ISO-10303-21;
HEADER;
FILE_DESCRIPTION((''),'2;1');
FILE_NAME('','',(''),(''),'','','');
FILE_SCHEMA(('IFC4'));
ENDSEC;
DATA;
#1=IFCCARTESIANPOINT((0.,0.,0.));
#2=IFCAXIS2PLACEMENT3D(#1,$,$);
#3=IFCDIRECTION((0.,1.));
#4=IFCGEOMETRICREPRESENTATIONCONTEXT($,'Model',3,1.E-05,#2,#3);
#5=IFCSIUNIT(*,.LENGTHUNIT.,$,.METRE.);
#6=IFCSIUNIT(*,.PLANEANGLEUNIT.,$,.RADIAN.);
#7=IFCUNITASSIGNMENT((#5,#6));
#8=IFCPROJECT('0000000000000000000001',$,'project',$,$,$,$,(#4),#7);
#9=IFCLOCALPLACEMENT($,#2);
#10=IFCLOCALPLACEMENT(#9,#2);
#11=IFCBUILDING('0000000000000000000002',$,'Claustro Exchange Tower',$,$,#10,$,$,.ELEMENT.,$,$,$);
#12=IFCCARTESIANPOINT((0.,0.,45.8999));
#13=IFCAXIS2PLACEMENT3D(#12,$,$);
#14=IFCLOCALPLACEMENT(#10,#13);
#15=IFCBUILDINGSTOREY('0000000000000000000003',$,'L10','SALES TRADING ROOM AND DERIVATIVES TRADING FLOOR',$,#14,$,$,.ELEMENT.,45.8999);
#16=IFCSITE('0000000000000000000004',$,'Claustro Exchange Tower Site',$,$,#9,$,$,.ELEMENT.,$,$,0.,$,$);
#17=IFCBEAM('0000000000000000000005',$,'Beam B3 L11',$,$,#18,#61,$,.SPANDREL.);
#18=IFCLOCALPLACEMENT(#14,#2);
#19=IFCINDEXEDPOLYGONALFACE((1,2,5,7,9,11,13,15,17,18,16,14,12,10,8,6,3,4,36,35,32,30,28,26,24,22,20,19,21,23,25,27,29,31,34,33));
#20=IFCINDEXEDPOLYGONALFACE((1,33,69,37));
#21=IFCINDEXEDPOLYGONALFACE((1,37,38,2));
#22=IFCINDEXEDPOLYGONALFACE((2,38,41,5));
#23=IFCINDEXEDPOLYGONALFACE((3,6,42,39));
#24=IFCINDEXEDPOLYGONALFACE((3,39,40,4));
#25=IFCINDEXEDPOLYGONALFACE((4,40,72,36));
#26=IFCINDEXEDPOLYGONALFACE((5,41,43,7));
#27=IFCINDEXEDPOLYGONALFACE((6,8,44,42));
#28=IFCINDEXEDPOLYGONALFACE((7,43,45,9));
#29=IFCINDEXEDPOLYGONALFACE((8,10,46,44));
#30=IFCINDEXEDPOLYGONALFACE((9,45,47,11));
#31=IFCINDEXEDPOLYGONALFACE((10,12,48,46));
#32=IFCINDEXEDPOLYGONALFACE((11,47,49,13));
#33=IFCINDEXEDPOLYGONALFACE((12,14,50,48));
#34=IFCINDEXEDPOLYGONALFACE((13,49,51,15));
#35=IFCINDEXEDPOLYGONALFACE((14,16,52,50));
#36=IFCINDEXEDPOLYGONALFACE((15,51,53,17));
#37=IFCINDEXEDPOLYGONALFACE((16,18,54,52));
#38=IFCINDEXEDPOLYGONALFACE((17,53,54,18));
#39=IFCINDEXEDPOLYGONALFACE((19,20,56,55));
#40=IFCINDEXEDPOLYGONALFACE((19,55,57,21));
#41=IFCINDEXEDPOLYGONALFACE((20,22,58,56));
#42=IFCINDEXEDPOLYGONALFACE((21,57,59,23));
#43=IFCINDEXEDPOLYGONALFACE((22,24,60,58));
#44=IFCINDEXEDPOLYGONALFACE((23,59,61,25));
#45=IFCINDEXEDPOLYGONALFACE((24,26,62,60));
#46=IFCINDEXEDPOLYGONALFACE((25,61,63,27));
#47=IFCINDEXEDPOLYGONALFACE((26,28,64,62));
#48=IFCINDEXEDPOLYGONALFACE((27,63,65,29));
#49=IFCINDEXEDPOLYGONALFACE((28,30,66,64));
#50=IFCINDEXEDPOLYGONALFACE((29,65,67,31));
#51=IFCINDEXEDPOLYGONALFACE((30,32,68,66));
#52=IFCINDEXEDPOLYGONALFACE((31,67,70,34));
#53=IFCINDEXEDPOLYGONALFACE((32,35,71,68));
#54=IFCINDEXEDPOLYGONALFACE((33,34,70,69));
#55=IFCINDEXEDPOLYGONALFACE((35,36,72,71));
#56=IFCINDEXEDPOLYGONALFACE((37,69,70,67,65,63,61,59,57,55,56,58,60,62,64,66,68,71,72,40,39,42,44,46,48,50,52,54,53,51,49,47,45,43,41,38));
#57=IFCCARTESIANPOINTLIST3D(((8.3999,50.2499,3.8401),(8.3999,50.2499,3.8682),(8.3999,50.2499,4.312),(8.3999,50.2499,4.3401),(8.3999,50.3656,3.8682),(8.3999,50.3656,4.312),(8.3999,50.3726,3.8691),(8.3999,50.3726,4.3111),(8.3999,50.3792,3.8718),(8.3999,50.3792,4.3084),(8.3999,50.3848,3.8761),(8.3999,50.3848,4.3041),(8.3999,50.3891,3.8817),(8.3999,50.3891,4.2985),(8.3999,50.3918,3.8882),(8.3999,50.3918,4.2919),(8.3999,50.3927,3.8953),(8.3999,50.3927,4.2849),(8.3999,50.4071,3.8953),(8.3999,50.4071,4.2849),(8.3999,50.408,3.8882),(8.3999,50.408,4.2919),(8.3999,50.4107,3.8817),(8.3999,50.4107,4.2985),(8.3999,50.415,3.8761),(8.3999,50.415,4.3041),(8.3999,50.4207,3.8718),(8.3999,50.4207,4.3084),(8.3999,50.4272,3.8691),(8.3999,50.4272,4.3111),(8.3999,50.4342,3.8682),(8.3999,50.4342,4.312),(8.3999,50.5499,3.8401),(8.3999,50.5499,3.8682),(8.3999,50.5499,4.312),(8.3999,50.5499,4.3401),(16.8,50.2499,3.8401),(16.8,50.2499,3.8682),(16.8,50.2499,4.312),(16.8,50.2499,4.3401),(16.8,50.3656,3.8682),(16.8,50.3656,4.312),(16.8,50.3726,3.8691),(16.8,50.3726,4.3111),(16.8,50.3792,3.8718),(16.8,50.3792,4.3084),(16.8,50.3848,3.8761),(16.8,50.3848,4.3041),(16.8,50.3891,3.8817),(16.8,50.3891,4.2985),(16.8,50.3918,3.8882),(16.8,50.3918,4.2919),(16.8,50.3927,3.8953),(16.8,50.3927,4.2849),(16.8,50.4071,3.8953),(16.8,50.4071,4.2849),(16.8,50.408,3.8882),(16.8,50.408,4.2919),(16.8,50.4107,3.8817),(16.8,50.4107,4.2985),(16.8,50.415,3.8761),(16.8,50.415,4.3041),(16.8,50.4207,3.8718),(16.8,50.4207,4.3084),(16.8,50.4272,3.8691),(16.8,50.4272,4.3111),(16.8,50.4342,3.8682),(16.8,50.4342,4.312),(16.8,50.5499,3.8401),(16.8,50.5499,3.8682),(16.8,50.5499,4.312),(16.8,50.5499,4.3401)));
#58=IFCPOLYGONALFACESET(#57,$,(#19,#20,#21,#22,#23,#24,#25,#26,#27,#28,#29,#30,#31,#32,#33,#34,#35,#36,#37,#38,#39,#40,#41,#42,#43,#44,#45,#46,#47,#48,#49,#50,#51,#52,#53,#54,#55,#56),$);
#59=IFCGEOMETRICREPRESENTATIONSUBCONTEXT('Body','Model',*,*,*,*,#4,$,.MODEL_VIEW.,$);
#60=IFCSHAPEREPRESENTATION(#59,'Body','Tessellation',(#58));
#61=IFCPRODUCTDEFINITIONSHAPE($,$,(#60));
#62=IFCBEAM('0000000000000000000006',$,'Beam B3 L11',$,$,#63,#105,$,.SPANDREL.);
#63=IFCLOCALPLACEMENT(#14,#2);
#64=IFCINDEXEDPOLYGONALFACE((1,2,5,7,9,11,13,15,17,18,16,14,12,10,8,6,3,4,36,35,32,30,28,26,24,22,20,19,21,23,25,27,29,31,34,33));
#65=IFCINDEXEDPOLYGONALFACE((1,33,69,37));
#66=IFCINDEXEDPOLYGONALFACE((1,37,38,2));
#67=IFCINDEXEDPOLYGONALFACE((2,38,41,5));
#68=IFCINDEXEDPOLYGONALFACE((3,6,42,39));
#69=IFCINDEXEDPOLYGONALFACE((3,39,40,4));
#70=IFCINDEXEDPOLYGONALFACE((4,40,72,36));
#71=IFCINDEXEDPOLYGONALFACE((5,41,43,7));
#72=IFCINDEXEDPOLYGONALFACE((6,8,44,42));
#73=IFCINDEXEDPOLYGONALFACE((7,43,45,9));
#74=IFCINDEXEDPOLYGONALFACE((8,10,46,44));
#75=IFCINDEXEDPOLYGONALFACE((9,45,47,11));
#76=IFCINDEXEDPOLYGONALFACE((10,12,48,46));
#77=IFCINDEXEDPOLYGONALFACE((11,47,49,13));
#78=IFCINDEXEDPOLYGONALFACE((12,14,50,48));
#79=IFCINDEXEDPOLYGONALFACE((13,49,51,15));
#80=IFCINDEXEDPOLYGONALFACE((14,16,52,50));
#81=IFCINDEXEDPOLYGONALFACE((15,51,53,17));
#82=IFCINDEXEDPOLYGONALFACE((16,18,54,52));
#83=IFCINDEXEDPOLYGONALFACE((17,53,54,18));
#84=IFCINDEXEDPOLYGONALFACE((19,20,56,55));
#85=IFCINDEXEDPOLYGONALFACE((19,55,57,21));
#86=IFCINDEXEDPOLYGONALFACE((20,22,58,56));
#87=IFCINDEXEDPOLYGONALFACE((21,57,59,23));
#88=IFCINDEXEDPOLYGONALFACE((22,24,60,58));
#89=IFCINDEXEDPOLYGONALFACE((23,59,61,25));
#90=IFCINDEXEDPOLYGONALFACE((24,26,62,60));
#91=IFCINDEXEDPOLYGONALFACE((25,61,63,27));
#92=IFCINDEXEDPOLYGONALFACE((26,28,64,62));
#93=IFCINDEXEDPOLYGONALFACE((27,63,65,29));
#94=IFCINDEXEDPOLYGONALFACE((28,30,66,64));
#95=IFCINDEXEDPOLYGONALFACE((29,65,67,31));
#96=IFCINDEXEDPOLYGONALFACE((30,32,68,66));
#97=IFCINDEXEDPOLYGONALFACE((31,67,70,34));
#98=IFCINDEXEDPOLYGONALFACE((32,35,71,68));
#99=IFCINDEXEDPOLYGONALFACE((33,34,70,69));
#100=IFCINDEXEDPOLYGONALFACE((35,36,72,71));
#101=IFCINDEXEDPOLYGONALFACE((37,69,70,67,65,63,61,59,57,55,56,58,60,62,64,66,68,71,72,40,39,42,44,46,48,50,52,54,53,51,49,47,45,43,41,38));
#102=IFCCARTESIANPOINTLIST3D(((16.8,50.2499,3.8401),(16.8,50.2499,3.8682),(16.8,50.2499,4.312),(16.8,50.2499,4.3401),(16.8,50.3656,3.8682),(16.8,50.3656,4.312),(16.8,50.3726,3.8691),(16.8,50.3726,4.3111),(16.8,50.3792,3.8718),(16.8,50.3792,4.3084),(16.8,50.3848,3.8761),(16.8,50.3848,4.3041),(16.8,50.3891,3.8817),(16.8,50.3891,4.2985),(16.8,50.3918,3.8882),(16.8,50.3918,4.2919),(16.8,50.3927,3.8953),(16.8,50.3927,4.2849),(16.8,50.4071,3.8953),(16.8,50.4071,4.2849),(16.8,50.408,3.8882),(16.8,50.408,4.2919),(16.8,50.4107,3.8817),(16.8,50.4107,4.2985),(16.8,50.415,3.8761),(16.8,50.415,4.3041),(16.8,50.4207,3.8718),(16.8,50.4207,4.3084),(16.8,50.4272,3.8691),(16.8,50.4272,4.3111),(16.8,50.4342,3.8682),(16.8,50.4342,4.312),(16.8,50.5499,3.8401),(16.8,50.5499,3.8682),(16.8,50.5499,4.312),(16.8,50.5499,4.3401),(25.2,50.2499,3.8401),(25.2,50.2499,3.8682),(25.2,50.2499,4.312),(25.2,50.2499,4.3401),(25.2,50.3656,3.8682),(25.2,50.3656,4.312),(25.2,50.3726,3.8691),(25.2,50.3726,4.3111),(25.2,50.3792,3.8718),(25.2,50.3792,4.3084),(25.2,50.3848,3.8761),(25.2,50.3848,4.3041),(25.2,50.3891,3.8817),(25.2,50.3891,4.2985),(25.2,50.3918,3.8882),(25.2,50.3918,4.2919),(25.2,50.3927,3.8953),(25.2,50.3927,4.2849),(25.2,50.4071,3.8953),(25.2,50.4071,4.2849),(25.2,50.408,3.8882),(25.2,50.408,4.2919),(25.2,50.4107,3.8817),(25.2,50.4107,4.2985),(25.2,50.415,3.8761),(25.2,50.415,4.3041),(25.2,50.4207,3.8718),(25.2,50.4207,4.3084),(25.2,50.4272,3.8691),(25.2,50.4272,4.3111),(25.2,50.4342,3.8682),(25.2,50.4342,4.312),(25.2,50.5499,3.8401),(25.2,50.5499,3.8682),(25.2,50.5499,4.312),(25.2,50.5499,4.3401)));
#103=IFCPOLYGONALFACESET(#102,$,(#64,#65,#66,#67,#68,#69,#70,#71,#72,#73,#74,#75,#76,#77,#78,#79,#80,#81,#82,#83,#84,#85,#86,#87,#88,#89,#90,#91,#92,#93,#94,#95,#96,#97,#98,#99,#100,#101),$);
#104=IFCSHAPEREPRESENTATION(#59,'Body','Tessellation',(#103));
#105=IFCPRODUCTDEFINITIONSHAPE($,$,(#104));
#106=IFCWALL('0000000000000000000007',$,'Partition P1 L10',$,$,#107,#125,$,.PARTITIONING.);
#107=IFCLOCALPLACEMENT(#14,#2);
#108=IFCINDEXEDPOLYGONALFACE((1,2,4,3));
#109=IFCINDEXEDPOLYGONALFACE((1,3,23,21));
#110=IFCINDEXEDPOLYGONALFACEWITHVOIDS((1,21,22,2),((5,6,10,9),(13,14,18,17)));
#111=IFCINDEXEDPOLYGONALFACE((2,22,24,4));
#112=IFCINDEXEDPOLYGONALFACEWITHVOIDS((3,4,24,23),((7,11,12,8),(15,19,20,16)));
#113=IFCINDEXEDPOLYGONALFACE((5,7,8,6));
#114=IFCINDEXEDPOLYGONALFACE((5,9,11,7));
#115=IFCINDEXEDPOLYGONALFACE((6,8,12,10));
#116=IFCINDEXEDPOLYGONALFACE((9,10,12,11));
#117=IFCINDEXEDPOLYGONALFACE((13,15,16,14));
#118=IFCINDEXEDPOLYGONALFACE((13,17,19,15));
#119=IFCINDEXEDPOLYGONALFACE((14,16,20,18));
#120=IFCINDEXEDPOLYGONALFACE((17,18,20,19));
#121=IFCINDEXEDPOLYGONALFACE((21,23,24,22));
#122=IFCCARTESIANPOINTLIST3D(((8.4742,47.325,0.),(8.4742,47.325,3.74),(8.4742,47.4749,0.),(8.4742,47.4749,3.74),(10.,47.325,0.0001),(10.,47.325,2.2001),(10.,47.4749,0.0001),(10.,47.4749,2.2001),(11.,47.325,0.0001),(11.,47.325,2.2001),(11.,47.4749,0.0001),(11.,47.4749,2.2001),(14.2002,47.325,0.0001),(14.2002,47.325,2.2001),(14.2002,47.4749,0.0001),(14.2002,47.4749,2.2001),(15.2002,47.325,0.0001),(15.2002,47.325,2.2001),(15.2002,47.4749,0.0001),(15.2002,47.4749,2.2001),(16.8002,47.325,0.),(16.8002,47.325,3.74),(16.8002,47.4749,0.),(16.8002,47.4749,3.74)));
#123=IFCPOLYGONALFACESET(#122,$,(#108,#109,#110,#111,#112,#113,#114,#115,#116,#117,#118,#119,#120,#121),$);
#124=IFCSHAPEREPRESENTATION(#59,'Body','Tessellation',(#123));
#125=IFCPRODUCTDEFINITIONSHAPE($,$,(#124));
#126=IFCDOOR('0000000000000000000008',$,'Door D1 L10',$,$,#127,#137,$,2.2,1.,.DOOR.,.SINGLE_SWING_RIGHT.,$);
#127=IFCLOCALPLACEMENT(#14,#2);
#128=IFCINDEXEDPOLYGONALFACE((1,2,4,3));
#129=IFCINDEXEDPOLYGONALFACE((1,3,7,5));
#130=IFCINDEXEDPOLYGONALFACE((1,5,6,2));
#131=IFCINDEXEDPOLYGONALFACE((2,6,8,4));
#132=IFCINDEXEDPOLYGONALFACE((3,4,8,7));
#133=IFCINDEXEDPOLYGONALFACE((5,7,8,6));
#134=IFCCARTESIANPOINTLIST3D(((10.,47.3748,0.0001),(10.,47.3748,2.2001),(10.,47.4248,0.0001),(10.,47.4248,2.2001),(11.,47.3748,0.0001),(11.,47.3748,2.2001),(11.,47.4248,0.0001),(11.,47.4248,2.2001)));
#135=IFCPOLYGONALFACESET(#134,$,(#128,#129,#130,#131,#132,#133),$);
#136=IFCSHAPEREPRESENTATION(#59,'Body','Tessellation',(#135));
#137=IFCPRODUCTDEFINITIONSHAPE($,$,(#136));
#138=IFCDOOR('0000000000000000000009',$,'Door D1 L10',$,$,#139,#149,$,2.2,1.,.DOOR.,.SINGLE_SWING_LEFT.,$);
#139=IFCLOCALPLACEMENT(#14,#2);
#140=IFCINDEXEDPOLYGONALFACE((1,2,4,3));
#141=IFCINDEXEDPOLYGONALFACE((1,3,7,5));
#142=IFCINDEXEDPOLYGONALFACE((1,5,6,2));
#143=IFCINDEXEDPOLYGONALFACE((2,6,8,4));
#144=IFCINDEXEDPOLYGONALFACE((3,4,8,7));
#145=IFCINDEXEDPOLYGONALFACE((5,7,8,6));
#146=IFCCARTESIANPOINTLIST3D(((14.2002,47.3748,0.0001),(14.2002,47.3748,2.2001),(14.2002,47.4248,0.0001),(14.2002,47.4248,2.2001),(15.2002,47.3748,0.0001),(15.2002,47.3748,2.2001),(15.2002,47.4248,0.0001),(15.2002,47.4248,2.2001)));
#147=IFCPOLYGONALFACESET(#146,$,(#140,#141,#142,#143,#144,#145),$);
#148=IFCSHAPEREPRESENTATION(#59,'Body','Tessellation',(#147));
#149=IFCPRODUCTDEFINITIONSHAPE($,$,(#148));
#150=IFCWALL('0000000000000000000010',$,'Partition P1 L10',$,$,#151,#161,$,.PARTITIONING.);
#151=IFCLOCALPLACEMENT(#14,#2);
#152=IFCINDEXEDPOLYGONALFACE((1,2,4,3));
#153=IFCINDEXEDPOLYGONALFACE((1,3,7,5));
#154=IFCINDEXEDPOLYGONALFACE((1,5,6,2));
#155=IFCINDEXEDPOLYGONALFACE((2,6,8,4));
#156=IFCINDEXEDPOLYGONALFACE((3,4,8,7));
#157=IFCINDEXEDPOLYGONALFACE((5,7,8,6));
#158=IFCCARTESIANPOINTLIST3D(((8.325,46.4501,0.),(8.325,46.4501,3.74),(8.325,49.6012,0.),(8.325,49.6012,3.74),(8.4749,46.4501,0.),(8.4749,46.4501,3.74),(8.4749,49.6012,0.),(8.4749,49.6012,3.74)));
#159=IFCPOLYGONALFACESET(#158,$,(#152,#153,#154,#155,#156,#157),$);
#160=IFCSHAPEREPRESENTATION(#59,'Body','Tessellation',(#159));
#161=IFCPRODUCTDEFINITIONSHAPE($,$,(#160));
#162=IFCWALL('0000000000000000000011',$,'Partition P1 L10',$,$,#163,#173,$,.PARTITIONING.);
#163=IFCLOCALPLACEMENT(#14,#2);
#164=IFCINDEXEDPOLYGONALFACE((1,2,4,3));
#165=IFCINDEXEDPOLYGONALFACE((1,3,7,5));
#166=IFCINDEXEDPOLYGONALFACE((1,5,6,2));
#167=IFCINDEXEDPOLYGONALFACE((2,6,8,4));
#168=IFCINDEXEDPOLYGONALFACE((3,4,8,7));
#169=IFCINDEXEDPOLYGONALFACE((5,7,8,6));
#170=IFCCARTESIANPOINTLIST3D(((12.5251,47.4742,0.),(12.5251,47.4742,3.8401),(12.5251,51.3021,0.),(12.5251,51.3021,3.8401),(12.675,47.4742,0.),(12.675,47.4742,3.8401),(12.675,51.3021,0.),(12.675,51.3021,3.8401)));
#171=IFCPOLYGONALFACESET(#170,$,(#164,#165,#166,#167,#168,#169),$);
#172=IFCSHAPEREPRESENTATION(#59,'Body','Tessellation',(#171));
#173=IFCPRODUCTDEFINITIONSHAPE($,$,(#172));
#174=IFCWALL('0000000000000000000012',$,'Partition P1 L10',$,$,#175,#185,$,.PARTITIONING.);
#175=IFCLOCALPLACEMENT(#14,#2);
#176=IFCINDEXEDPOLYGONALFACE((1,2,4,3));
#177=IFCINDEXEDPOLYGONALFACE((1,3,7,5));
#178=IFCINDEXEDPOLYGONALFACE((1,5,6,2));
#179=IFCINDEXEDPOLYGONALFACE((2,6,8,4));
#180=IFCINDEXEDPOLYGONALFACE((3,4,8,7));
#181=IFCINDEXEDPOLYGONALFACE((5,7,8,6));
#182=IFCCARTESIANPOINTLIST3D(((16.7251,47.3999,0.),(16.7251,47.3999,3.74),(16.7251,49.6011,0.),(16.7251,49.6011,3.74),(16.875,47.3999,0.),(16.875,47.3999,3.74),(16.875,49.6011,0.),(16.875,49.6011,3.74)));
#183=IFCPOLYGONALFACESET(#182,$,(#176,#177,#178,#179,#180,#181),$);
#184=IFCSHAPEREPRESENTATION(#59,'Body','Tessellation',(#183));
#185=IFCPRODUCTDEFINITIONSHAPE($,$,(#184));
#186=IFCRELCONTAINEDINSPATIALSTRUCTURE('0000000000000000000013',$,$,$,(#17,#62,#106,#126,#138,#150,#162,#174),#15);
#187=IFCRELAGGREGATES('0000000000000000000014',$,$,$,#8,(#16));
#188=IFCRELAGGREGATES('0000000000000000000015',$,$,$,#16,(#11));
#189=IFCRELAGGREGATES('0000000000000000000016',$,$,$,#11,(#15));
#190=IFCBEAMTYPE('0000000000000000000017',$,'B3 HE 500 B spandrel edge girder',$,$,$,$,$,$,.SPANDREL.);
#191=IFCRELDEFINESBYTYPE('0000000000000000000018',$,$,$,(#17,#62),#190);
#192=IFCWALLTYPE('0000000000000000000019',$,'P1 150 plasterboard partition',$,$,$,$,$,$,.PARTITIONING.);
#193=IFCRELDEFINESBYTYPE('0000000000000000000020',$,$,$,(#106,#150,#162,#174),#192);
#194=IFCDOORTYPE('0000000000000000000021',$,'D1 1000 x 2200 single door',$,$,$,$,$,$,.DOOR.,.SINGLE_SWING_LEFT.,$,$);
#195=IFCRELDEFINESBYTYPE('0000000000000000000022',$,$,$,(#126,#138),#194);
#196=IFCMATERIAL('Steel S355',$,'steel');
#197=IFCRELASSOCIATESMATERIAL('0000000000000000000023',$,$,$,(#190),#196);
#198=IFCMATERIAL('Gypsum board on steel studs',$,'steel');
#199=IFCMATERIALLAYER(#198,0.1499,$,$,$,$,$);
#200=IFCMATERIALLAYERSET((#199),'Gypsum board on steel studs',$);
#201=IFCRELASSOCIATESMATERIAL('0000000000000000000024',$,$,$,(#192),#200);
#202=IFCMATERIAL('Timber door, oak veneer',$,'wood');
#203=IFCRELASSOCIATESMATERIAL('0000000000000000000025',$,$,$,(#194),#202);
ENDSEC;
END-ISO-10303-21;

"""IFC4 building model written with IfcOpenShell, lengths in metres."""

from ifc_helpers import new_model, si_unit, direction, frame, frame_2d, origin, origin_2d, place, context, subcontext, project, spatial, rectangle, i_section, extrude, material, layer, layer_set, material_profile, profile_set, type_object, element, fill, save


model = new_model("IFC4")

# Units and contexts
model_context = context("Model", 3, precision=1e-05, world=origin(), true_north=direction((0.0, 1.0)))
body_context = subcontext(model_context, "Body", "Model", "MODEL_VIEW")
ifc_project = project(units=[si_unit("LENGTHUNIT", "METRE"), si_unit("PLANEANGLEUNIT", "RADIAN")], contexts=[model_context])

# Site, building, storey
site_placement = place(None, origin())
site = spatial("IfcSite", under=ifc_project, at=site_placement, Name="Claustro Exchange Tower Site", CompositionType="ELEMENT", RefElevation=0.0)
building_placement = place(site_placement, origin())
building = spatial("IfcBuilding", under=site, at=building_placement, Name="Claustro Exchange Tower", CompositionType="ELEMENT")
storey_placement = place(building_placement, frame((0.0, 0.0, 45.8999)))
storey = spatial("IfcBuildingStorey", under=building, at=storey_placement, Name="L10", Description="SALES TRADING ROOM AND DERIVATIVES TRADING FLOOR", CompositionType="ELEMENT", Elevation=45.8999)

# Beams
ifc_material_1 = material(Name="Steel S355", Category="steel")
ifc_material_profile_1 = material_profile(ifc_material_1, i_section(OverallWidth=0.3, OverallDepth=0.5, WebThickness=0.0144, FlangeThickness=0.0281, FilletRadius=0.0271, at=origin_2d()), Name="HE 500 B")
ifc_profile_set_1 = profile_set([ifc_material_profile_1], Name="Steel S355")
beam_type_1 = type_object("IfcBeamType", Name="B3 HE 500 B spandrel edge girder", PredefinedType="SPANDREL", material=ifc_profile_set_1)
beam_1_placement = place(storey_placement, frame((8.3999, 50.3999, 4.0901), z_axis=(1.0, 0.0, 0.0), x_axis=(0.0, 1.0, 0.0)))
element("IfcBeam", 1, at=beam_1_placement, inside=storey, type_object=beam_type_1, Name="Beam B3 L11", PredefinedType="SPANDREL", context=body_context, shape_type="SweptSolid", body=[
    extrude(i_section(OverallWidth=0.3, OverallDepth=0.5, WebThickness=0.0144, FlangeThickness=0.0281, FilletRadius=0.0271, at=origin_2d()), origin(), (0.0, 0.0, 1.0), 8.4001),
])
beam_2_placement = place(storey_placement, frame((16.8, 50.3999, 4.0901), z_axis=(1.0, 0.0, 0.0), x_axis=(0.0, 1.0, 0.0)))
element("IfcBeam", 2, at=beam_2_placement, inside=storey, type_object=beam_type_1, Name="Beam B3 L11", PredefinedType="SPANDREL", context=body_context, shape_type="SweptSolid", body=[
    extrude(i_section(OverallWidth=0.3, OverallDepth=0.5, WebThickness=0.0144, FlangeThickness=0.0281, FilletRadius=0.0271, at=origin_2d()), origin(), (0.0, 0.0, 1.0), 8.3999),
])

# Wall, openings, doors
ifc_material_2 = material(Name="Gypsum board on steel studs", Category="steel")
ifc_layer_1 = layer(ifc_material_2, 0.1499)
ifc_layer_set_1 = layer_set([ifc_layer_1], Name="Gypsum board on steel studs")
wall_type_1 = type_object("IfcWallType", Name="P1 150 plasterboard partition", PredefinedType="PARTITIONING", material=ifc_layer_set_1)
wall_1_placement = place(storey_placement, frame((8.4741, 47.3999, 0.0), z_axis=(0.0, 0.0, 1.0), x_axis=(1.0, 0.0, 0.0)))
wall_1 = element("IfcWall", 3, at=wall_1_placement, inside=storey, type_object=wall_type_1, Name="Partition P1 L10", PredefinedType="PARTITIONING", context=body_context, shape_type="SweptSolid", body=[
    extrude(rectangle(XDim=8.3259, YDim=0.1499, at=frame_2d((4.1631, 0.0))), origin(), (0.0, 0.0, 1.0), 3.74),
])
opening_1_placement = place(wall_1_placement, frame((1.5259, 0.0, 0.0)))
opening_1 = element("IfcOpeningElement", 4, at=opening_1_placement, cuts=wall_1, PredefinedType="OPENING", context=body_context, shape_type="SweptSolid", body=[
    extrude(rectangle(XDim=1.0, YDim=2.2, at=frame_2d((0.5, 1.1001))), frame((0.0, 0.085, 0.0), z_axis=(0.0, -1.0, 0.0), x_axis=(1.0, 0.0, 0.0)), (0.0, 0.0, 1.0), 0.1699),
])
opening_2_placement = place(wall_1_placement, frame((5.7261, 0.0, 0.0)))
opening_2 = element("IfcOpeningElement", 5, at=opening_2_placement, cuts=wall_1, PredefinedType="OPENING", context=body_context, shape_type="SweptSolid", body=[
    extrude(rectangle(XDim=1.0, YDim=2.2, at=frame_2d((0.5, 1.1001))), frame((0.0, 0.085, 0.0), z_axis=(0.0, -1.0, 0.0), x_axis=(1.0, 0.0, 0.0)), (0.0, 0.0, 1.0), 0.1699),
])
ifc_material_3 = material(Name="Timber door, oak veneer", Category="wood")
door_type = type_object("IfcDoorType", Name="D1 1000 x 2200 single door", OperationType="SINGLE_SWING_LEFT", PredefinedType="DOOR", material=ifc_material_3)
door_1_placement = place(opening_1_placement, origin())
door_1 = element("IfcDoor", 6, at=door_1_placement, inside=storey, type_object=door_type, Name="Door D1 L10", OperationType="SINGLE_SWING_RIGHT", OverallHeight=2.2, OverallWidth=1.0, PredefinedType="DOOR", context=body_context, shape_type="SweptSolid", body=[
    extrude(rectangle(XDim=1.0, YDim=2.2, at=frame_2d((0.5, 1.1001))), frame((0.0, 0.0249, 0.0), z_axis=(0.0, -1.0, 0.0), x_axis=(1.0, 0.0, 0.0)), (0.0, 0.0, 1.0), 0.05),
])
fill(opening_1, door_1)
door_2_placement = place(opening_2_placement, origin())
door_2 = element("IfcDoor", 7, at=door_2_placement, inside=storey, type_object=door_type, Name="Door D1 L10", OperationType="SINGLE_SWING_LEFT", OverallHeight=2.2, OverallWidth=1.0, PredefinedType="DOOR", context=body_context, shape_type="SweptSolid", body=[
    extrude(rectangle(XDim=1.0, YDim=2.2, at=frame_2d((0.5, 1.1001))), frame((0.0, 0.0249, 0.0), z_axis=(0.0, -1.0, 0.0), x_axis=(1.0, 0.0, 0.0)), (0.0, 0.0, 1.0), 0.05),
])
fill(opening_2, door_2)

# Walls
wall_2_placement = place(storey_placement, frame((8.3999, 46.45, 0.0), z_axis=(0.0, 0.0, 1.0), x_axis=(0.0, 1.0, 0.0)))
element("IfcWall", 8, at=wall_2_placement, inside=storey, type_object=wall_type_1, Name="Partition P1 L10", PredefinedType="PARTITIONING", context=body_context, shape_type="SweptSolid", body=[
    extrude(rectangle(XDim=3.1511, YDim=0.1499, at=frame_2d((1.5757, 0.0))), origin(), (0.0, 0.0, 1.0), 3.74),
])
wall_3_placement = place(storey_placement, frame((12.6001, 47.4741, 0.0), z_axis=(0.0, 0.0, 1.0), x_axis=(0.0, 1.0, 0.0)))
element("IfcWall", 9, at=wall_3_placement, inside=storey, type_object=wall_type_1, Name="Partition P1 L10", PredefinedType="PARTITIONING", context=body_context, shape_type="SweptSolid", body=[
    extrude(rectangle(XDim=3.8279, YDim=0.1499, at=frame_2d((1.9141, 0.0))), origin(), (0.0, 0.0, 1.0), 3.8401),
])
wall_4_placement = place(storey_placement, frame((16.8, 47.3999, 0.0), z_axis=(0.0, 0.0, 1.0), x_axis=(0.0, 1.0, 0.0)))
element("IfcWall", 10, at=wall_4_placement, inside=storey, type_object=wall_type_1, Name="Partition P1 L10", PredefinedType="PARTITIONING", context=body_context, shape_type="SweptSolid", body=[
    extrude(rectangle(XDim=2.2012, YDim=0.1499, at=frame_2d((1.1006, 0.0))), origin(), (0.0, 0.0, 1.0), 3.74),
])

save(model, "model.ifc")
